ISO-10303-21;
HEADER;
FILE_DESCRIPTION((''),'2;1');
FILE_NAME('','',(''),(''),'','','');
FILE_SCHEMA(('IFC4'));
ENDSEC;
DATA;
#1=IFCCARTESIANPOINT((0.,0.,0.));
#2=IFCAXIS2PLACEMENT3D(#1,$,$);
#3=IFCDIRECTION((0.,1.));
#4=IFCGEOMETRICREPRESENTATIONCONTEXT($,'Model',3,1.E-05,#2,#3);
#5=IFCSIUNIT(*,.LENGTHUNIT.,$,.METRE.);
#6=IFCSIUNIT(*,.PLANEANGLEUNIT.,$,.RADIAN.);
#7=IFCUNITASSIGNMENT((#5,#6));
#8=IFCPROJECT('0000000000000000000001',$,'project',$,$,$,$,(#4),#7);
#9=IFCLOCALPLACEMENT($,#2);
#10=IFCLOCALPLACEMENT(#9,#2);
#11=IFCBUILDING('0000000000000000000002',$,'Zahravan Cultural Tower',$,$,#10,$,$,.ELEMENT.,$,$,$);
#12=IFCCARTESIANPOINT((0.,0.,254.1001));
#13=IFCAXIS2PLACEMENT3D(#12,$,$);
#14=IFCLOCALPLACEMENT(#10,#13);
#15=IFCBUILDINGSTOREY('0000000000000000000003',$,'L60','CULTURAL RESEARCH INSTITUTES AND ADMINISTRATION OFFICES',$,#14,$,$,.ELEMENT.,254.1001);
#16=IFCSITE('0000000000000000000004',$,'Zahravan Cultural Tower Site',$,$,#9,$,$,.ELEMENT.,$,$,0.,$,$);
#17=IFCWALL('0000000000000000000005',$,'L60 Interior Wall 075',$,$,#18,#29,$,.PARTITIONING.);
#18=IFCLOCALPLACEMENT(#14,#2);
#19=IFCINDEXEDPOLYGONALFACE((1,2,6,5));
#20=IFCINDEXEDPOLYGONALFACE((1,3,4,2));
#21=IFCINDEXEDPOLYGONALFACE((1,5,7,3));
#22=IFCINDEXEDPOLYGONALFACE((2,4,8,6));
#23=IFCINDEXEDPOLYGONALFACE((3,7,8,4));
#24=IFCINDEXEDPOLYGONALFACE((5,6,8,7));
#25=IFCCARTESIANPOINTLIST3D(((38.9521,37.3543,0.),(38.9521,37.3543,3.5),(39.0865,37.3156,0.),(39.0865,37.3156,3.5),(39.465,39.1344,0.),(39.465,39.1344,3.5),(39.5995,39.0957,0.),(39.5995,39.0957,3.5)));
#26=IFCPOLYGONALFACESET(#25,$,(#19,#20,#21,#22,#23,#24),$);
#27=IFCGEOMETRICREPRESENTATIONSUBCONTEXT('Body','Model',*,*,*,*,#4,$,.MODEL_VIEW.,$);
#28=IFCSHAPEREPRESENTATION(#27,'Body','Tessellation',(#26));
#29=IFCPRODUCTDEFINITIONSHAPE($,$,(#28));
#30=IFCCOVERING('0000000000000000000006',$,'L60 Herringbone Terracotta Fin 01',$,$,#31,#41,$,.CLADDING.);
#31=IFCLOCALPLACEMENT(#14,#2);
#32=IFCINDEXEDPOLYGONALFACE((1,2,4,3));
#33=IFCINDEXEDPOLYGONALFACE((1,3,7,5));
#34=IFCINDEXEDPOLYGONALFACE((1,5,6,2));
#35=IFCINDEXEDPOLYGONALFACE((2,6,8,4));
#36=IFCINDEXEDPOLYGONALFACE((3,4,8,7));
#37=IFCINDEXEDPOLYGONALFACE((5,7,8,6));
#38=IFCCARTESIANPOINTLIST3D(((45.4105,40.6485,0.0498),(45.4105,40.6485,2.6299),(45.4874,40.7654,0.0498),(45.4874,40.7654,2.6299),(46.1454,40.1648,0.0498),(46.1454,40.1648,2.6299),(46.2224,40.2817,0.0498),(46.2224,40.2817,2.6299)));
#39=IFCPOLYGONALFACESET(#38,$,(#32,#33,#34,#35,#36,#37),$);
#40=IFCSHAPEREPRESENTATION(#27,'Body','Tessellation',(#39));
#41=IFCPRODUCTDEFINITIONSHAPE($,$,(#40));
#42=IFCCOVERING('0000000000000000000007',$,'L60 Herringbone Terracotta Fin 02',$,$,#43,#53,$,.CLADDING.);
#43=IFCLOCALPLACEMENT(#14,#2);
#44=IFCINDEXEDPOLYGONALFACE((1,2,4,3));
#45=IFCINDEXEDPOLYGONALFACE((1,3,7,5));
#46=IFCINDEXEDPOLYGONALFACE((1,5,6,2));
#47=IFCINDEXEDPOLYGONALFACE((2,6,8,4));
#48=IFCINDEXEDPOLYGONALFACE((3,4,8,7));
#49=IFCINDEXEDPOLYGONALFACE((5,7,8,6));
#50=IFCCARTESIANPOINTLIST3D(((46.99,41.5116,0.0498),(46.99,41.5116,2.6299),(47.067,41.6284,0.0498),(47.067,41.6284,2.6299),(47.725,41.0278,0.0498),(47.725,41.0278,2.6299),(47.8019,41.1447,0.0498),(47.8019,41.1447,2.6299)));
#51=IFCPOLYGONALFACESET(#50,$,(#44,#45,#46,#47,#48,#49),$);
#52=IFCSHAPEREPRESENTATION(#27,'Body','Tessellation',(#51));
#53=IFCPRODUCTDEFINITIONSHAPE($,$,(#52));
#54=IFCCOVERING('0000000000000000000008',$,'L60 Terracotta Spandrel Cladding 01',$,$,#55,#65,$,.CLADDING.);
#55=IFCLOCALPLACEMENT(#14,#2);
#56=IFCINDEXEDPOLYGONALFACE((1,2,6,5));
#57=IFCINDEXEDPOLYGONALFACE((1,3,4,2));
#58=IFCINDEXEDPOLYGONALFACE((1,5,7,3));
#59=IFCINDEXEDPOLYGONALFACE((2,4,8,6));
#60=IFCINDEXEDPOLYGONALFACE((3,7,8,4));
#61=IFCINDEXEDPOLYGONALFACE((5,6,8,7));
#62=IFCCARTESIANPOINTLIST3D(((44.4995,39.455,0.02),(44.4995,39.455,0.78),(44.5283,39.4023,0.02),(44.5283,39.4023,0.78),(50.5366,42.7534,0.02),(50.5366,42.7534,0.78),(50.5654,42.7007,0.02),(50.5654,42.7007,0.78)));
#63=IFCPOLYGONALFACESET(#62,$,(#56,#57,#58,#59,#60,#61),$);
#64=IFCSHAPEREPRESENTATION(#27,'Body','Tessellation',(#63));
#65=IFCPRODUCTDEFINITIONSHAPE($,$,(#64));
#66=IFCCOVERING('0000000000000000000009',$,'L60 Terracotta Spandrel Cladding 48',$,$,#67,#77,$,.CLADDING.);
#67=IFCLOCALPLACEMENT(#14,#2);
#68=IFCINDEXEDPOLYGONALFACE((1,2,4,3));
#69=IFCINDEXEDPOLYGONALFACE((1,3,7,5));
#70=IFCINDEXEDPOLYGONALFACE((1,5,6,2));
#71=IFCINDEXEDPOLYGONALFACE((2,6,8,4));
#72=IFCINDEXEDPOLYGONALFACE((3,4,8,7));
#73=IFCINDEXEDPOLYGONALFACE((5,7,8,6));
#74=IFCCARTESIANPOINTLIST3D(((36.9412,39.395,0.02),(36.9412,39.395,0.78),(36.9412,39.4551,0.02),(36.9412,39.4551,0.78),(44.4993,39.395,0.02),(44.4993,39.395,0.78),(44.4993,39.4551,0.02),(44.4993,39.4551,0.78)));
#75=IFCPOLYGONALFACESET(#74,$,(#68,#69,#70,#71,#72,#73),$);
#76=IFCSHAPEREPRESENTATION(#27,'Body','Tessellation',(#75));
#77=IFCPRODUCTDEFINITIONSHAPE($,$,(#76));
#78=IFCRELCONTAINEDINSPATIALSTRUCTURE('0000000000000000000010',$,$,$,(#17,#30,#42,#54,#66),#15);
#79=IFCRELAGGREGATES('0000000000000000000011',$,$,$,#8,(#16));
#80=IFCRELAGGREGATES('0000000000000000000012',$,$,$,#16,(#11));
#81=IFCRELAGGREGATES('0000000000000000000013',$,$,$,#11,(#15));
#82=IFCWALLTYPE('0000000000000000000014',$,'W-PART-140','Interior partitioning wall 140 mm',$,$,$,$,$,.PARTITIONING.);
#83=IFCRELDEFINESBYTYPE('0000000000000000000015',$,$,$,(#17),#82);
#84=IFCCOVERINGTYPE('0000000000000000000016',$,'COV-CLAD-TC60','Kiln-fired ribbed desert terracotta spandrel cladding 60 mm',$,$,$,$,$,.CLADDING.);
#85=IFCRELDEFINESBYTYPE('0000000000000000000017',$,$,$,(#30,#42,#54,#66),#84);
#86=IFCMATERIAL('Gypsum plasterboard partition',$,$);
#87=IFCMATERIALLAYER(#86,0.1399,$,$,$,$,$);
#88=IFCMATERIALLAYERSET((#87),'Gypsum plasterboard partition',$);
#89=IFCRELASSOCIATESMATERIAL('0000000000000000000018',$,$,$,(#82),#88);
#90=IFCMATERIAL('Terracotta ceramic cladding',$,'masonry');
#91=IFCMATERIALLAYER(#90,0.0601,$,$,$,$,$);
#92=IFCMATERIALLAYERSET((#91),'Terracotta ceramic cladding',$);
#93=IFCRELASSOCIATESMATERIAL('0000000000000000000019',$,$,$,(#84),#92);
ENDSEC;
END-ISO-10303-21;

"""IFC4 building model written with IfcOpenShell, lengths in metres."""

from ifc_helpers import new_model, si_unit, direction, frame, frame_2d, origin, origin_2d, place, context, subcontext, project, spatial, rectangle, extrude, source, transform, mapped, material, layer, layer_set, type_object, element, save


model = new_model("IFC4")

# Units and contexts
model_context = context("Model", 3, precision=1e-05, world=origin(), true_north=direction((0.0, 1.0)))
body_context = subcontext(model_context, "Body", "Model", "MODEL_VIEW")
ifc_project = project(units=[si_unit("LENGTHUNIT", "METRE"), si_unit("PLANEANGLEUNIT", "RADIAN")], contexts=[model_context])

# Site, building, storey
site_placement = place(None, origin())
site = spatial("IfcSite", under=ifc_project, at=site_placement, Name="Zahravan Cultural Tower Site", CompositionType="ELEMENT", RefElevation=0.0)
building_placement = place(site_placement, origin())
building = spatial("IfcBuilding", under=site, at=building_placement, Name="Zahravan Cultural Tower", CompositionType="ELEMENT")
storey_placement = place(building_placement, frame((0.0, 0.0, 254.1001)))
storey = spatial("IfcBuildingStorey", under=building, at=storey_placement, Name="L60", Description="CULTURAL RESEARCH INSTITUTES AND ADMINISTRATION OFFICES", CompositionType="ELEMENT", Elevation=254.1001)

# Shared definitions
ifc_material_1 = material(Name="Gypsum plasterboard partition")
ifc_layer_1 = layer(ifc_material_1, 0.1399)
ifc_layer_set_1 = layer_set([ifc_layer_1], Name="Gypsum plasterboard partition")
wall_type_1 = type_object("IfcWallType", Name="W-PART-140", Description="Interior partitioning wall 140 mm", PredefinedType="PARTITIONING", material=ifc_layer_set_1)

# Wall
shared_shape_1 = source(origin(), body_context, "Body", "SweptSolid", [
    extrude(rectangle(XDim=1.8525, YDim=0.1399, at=frame_2d((0.9263, 0.0))), origin(), (0.0, 0.0, 1.0), 3.5),
])
wall_1_placement = place(storey_placement, frame((39.0193, 37.335, 0.0), z_axis=(0.0, 0.0, 1.0), x_axis=(0.276896, 0.9609, 0.0)))
element("IfcWall", 1, at=wall_1_placement, inside=storey, type_object=wall_type_1, Name="L60 Interior Wall 075", PredefinedType="PARTITIONING", context=body_context, shape_type="MappedRepresentation", body=[
    mapped(shared_shape_1, transform((0.0, 0.0, 0.0), x_axis=(1.0, 0.0, 0.0), y_axis=(0.0, 1.0, 0.0), z_axis=(0.0, 0.0, 1.0), scale=1.0)),
])

# Coverings
ifc_material_2 = material(Name="Terracotta ceramic cladding", Category="masonry")
ifc_layer_2 = layer(ifc_material_2, 0.0601)
ifc_layer_set_2 = layer_set([ifc_layer_2], Name="Terracotta ceramic cladding")
covering_type = type_object("IfcCoveringType", Name="COV-CLAD-TC60", Description="Kiln-fired ribbed desert terracotta spandrel cladding 60 mm", PredefinedType="CLADDING", material=ifc_layer_set_2)
shared_shape_2 = source(origin(), body_context, "Body", "SweptSolid", [
    extrude(rectangle(XDim=0.8799, YDim=0.1399, at=origin_2d()), origin(), (0.0, 0.0, 1.0), 2.5801),
])
for number, where, z_axis, x_axis, name in (
    (2, (45.8164, 40.4651, 0.0498), (0.0, 0.0, 1.0), (-0.835328, 0.549752, 0.0), "L60 Herringbone Terracotta Fin 01"),
    (3, (47.396, 41.3281, 0.0498), (0.0, 0.0, 1.0), (-0.835328, 0.549752, 0.0), "L60 Herringbone Terracotta Fin 02"),
):
    element("IfcCovering", number, at=place(storey_placement, frame(where, z_axis=z_axis, x_axis=x_axis)), inside=storey, type_object=covering_type, Name=name, PredefinedType="CLADDING", context=body_context, shape_type="MappedRepresentation", body=[
        mapped(shared_shape_2, transform((0.0, 0.0, 0.0), x_axis=(1.0, 0.0, 0.0), y_axis=(0.0, 1.0, 0.0), z_axis=(0.0, 0.0, 1.0), scale=1.0)),
    ])
shared_shape_3 = source(origin(), body_context, "Body", "SweptSolid", [
    extrude(rectangle(XDim=6.8794, YDim=0.0601, at=origin_2d()), origin(), (0.0, 0.0, 1.0), 0.76),
])
covering_1_placement = place(storey_placement, frame((47.5325, 41.0779, 0.02), z_axis=(0.0, 0.0, 1.0), x_axis=(0.877565, 0.479458, 0.0)))
element("IfcCovering", 4, at=covering_1_placement, inside=storey, type_object=covering_type, Name="L60 Terracotta Spandrel Cladding 01", PredefinedType="CLADDING", context=body_context, shape_type="MappedRepresentation", body=[
    mapped(shared_shape_3, transform((0.0, 0.0, 0.0), x_axis=(1.0, 0.0, 0.0), y_axis=(0.0, 1.0, 0.0), z_axis=(0.0, 0.0, 1.0), scale=1.0)),
])
shared_shape_4 = source(origin(), body_context, "Body", "SweptSolid", [
    extrude(rectangle(XDim=7.5581, YDim=0.0601, at=origin_2d()), origin(), (0.0, 0.0, 1.0), 0.76),
])
covering_2_placement = place(storey_placement, frame((40.7202, 39.425, 0.02), z_axis=(0.0, 0.0, 1.0), x_axis=(1.0, 0.0, 0.0)))
element("IfcCovering", 5, at=covering_2_placement, inside=storey, type_object=covering_type, Name="L60 Terracotta Spandrel Cladding 48", PredefinedType="CLADDING", context=body_context, shape_type="MappedRepresentation", body=[
    mapped(shared_shape_4, transform((0.0, 0.0, 0.0), x_axis=(1.0, 0.0, 0.0), y_axis=(0.0, 1.0, 0.0), z_axis=(0.0, 0.0, 1.0), scale=1.0)),
])

save(model, "model.ifc")
